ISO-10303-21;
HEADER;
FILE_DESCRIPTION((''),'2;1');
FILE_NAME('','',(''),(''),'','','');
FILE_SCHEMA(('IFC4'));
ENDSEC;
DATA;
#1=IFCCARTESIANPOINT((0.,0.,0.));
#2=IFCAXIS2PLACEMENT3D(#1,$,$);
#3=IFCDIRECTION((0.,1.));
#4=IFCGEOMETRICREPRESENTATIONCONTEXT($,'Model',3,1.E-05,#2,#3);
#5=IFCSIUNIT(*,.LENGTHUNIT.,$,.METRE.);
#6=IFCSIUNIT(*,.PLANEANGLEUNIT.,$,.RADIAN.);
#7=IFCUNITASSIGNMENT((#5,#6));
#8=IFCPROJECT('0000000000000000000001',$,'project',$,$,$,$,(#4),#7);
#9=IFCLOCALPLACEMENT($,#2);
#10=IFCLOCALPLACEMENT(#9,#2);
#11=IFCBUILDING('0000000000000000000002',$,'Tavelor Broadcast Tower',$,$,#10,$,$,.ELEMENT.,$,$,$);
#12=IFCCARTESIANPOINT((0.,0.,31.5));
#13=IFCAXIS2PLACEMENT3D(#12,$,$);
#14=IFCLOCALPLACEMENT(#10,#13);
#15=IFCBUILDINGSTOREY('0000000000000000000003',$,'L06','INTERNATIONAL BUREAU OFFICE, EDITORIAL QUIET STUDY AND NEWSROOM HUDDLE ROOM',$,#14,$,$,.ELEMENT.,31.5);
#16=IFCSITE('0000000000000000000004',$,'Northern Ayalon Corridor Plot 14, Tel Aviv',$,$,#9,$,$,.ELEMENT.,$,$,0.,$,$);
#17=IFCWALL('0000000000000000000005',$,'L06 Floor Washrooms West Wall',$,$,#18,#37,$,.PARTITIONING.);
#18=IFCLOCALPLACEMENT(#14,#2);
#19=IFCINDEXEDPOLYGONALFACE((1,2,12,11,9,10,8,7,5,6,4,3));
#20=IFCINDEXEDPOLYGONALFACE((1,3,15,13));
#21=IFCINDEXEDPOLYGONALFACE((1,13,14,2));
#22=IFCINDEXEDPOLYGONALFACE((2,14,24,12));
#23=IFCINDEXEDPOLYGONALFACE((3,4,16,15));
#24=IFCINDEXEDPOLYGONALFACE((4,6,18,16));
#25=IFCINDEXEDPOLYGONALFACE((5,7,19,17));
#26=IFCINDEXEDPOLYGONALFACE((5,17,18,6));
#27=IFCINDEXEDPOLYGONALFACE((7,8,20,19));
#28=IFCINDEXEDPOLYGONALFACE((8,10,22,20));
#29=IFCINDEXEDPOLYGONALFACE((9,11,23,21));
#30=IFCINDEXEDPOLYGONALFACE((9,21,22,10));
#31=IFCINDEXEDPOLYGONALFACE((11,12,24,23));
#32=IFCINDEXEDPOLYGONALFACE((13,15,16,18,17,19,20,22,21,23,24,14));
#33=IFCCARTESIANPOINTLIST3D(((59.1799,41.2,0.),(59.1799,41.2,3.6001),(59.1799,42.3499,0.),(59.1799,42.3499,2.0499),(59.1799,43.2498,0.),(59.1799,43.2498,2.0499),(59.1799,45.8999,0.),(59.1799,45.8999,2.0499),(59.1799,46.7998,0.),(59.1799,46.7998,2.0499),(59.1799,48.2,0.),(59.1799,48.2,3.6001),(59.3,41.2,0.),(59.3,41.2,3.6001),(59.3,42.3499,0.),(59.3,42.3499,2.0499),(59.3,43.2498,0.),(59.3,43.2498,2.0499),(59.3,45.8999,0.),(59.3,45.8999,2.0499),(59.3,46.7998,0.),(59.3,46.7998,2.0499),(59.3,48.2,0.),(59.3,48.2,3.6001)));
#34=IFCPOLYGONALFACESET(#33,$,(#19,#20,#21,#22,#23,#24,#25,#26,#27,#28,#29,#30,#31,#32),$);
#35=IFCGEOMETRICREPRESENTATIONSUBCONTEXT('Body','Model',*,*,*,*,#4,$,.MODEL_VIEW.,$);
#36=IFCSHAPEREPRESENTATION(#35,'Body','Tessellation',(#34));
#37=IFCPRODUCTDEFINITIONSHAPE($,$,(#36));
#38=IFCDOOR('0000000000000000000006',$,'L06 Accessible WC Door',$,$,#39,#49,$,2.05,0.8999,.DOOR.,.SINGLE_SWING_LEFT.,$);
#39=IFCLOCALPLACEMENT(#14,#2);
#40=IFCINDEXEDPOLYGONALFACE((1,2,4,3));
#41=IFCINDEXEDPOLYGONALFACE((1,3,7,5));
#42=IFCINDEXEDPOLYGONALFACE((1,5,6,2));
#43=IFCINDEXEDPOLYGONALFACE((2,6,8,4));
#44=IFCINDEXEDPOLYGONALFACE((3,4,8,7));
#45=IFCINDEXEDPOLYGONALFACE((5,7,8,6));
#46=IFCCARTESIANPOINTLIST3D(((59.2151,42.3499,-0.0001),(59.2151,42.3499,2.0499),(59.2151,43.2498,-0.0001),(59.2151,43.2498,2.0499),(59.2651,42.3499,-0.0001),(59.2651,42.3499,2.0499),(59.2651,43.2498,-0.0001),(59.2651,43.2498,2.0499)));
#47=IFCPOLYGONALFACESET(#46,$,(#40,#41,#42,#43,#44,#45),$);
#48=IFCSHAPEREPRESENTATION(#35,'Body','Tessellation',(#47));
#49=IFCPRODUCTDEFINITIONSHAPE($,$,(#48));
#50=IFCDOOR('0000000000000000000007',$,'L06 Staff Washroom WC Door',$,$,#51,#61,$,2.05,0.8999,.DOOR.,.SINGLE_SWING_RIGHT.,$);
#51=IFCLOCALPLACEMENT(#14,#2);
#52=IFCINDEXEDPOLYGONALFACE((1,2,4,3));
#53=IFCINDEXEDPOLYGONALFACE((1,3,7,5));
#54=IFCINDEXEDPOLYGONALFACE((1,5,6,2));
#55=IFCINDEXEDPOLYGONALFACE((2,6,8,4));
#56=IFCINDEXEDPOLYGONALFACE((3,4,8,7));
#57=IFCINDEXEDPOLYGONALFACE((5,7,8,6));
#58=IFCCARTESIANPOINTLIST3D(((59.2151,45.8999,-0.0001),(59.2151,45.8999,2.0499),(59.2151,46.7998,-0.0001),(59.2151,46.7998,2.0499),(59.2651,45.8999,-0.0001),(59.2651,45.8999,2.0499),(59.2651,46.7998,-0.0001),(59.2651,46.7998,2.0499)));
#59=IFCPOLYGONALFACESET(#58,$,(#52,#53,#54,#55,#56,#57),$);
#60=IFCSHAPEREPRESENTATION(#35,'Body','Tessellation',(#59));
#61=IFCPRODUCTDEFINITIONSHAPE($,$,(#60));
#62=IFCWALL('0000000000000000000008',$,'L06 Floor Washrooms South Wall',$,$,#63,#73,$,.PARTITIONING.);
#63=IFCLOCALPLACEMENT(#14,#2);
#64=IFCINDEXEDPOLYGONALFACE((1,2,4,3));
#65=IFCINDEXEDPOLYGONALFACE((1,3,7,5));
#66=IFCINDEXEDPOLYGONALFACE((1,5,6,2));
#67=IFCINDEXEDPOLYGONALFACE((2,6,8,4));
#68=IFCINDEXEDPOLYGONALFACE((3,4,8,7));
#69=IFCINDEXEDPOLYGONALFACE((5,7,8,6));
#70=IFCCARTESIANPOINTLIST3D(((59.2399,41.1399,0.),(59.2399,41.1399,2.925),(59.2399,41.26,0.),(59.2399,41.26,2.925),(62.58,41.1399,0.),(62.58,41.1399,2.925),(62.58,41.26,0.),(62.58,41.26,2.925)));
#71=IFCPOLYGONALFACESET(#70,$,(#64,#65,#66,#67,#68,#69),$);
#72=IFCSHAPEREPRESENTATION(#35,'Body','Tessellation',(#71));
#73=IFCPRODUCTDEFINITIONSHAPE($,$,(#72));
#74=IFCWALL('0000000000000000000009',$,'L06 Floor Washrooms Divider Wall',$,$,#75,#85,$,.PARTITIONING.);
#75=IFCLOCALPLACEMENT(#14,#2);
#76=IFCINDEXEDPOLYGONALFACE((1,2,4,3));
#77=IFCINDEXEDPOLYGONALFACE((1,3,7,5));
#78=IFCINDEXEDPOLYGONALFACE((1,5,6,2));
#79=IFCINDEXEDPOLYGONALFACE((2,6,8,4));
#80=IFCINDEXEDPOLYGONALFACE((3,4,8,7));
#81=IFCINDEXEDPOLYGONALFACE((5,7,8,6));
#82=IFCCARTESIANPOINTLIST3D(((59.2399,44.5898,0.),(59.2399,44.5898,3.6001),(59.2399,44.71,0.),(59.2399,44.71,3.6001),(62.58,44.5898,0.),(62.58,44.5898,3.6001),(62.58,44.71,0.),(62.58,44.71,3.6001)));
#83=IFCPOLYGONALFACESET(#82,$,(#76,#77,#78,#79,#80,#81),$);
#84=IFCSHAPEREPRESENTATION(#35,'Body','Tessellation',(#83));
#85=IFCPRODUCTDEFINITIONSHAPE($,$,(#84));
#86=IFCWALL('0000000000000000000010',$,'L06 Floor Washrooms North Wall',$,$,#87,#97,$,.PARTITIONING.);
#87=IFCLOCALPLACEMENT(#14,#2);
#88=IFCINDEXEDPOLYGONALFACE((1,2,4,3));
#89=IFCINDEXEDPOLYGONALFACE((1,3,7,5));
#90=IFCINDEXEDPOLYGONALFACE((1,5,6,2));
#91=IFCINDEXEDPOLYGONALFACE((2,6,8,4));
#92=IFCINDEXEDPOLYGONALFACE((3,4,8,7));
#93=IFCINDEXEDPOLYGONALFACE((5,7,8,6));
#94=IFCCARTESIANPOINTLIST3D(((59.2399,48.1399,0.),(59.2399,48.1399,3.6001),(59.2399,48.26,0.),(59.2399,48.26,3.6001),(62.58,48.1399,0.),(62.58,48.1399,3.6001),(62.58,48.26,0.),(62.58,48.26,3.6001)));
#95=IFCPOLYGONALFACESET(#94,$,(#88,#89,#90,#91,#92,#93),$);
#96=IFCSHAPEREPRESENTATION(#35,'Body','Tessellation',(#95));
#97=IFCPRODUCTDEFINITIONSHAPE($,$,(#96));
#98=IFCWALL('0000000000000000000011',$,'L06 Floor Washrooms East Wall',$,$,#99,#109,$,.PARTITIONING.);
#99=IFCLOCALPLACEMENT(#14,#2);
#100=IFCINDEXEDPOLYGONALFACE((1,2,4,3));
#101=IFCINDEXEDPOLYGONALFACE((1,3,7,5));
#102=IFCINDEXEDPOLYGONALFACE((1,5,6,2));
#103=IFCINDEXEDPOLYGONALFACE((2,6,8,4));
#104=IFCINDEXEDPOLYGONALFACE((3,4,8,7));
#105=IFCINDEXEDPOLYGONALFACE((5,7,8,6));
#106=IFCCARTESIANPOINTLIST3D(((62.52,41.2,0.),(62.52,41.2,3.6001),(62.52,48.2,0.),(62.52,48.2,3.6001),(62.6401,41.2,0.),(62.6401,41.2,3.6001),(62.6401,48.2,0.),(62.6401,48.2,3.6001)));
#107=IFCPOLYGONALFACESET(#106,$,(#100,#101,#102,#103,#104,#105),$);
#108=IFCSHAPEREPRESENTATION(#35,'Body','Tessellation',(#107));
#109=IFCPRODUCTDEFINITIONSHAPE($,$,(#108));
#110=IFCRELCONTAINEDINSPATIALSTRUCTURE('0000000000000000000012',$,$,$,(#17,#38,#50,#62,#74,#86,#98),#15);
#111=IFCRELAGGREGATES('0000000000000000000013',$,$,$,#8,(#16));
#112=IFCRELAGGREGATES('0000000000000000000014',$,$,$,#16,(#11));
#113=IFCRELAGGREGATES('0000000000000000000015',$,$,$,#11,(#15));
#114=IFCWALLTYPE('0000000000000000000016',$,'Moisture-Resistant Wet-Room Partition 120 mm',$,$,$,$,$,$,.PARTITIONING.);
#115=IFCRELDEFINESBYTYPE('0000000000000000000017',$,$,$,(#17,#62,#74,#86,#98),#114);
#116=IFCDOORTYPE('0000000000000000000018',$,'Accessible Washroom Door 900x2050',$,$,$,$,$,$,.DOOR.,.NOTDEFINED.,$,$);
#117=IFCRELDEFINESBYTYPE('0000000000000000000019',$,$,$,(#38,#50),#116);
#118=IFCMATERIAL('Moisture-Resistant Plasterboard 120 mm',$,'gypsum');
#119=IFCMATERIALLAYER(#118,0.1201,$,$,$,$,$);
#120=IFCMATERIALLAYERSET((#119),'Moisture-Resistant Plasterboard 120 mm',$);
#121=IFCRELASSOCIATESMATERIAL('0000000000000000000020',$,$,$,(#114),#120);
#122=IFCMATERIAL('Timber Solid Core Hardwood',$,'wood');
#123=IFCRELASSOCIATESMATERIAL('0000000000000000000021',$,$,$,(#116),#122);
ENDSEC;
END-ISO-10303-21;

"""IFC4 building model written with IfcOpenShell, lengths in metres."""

from ifc_helpers import new_model, si_unit, direction, frame, frame_2d, origin, place, context, subcontext, project, spatial, rectangle, extrude, material, layer, layer_set, type_object, element, fill, save


model = new_model("IFC4")

# Units and contexts
model_context = context("Model", 3, precision=1e-05, world=origin(), true_north=direction((0.0, 1.0)))
body_context = subcontext(model_context, "Body", "Model", "MODEL_VIEW")
ifc_project = project(units=[si_unit("LENGTHUNIT", "METRE"), si_unit("PLANEANGLEUNIT", "RADIAN")], contexts=[model_context])

# Site, building, storey
site_placement = place(None, origin())
site = spatial("IfcSite", under=ifc_project, at=site_placement, Name="Northern Ayalon Corridor Plot 14, Tel Aviv", CompositionType="ELEMENT", RefElevation=0.0)
building_placement = place(site_placement, origin())
building = spatial("IfcBuilding", under=site, at=building_placement, Name="Tavelor Broadcast Tower", CompositionType="ELEMENT")
storey_placement = place(building_placement, frame((0.0, 0.0, 31.5)))
storey = spatial("IfcBuildingStorey", under=building, at=storey_placement, Name="L06", Description="INTERNATIONAL BUREAU OFFICE, EDITORIAL QUIET STUDY AND NEWSROOM HUDDLE ROOM", CompositionType="ELEMENT", Elevation=31.5)

# Shared definitions
ifc_material_1 = material(Name="Timber Solid Core Hardwood", Category="wood")

# Wall, openings, doors
ifc_material_2 = material(Name="Moisture-Resistant Plasterboard 120 mm", Category="gypsum")
ifc_layer_1 = layer(ifc_material_2, 0.1201)
ifc_layer_set_1 = layer_set([ifc_layer_1], Name="Moisture-Resistant Plasterboard 120 mm")
wall_type_1 = type_object("IfcWallType", Name="Moisture-Resistant Wet-Room Partition 120 mm", PredefinedType="PARTITIONING", material=ifc_layer_set_1)
wall_1_placement = place(storey_placement, frame((59.24, 41.2, 0.0), z_axis=(0.0, 0.0, 1.0), x_axis=(0.0, 1.0, 0.0)))
wall_1 = element("IfcWall", 1, at=wall_1_placement, inside=storey, type_object=wall_type_1, Name="L06 Floor Washrooms West Wall", PredefinedType="PARTITIONING", context=body_context, shape_type="SweptSolid", body=[
    extrude(rectangle(XDim=7.0, YDim=0.1201, at=frame_2d((3.5, 0.0))), origin(), (0.0, 0.0, 1.0), 3.6001),
])
opening_1_placement = place(wall_1_placement, frame((1.1499, 0.0, 0.0)))
opening_1 = element("IfcOpeningElement", 2, at=opening_1_placement, cuts=wall_1, PredefinedType="OPENING", context=body_context, shape_type="SweptSolid", body=[
    extrude(rectangle(XDim=0.8999, YDim=2.05, at=frame_2d((0.45, 1.0249))), frame((0.0, 0.0701, 0.0), z_axis=(0.0, -1.0, 0.0), x_axis=(1.0, 0.0, 0.0)), (0.0, 0.0, 1.0), 0.1401),
])
opening_2_placement = place(wall_1_placement, frame((4.7, 0.0, 0.0)))
opening_2 = element("IfcOpeningElement", 3, at=opening_2_placement, cuts=wall_1, PredefinedType="OPENING", context=body_context, shape_type="SweptSolid", body=[
    extrude(rectangle(XDim=0.8999, YDim=2.05, at=frame_2d((0.45, 1.0249))), frame((0.0, 0.0701, 0.0), z_axis=(0.0, -1.0, 0.0), x_axis=(1.0, 0.0, 0.0)), (0.0, 0.0, 1.0), 0.1401),
])
door_type_1 = type_object("IfcDoorType", Name="Accessible Washroom Door 900x2050", OperationType="NOTDEFINED", PredefinedType="DOOR", material=ifc_material_1)
door_1_placement = place(opening_1_placement, origin())
door_1 = element("IfcDoor", 4, at=door_1_placement, inside=storey, type_object=door_type_1, Name="L06 Accessible WC Door", OperationType="SINGLE_SWING_LEFT", OverallHeight=2.05, OverallWidth=0.8999, PredefinedType="DOOR", context=body_context, shape_type="SweptSolid", body=[
    extrude(rectangle(XDim=0.8999, YDim=2.05, at=frame_2d((0.45, 1.0249))), frame((0.0, 0.0249, 0.0), z_axis=(0.0, -1.0, 0.0), x_axis=(1.0, 0.0, 0.0)), (0.0, 0.0, 1.0), 0.05),
])
fill(opening_1, door_1)
door_2_placement = place(opening_2_placement, origin())
door_2 = element("IfcDoor", 5, at=door_2_placement, inside=storey, type_object=door_type_1, Name="L06 Staff Washroom WC Door", OperationType="SINGLE_SWING_RIGHT", OverallHeight=2.05, OverallWidth=0.8999, PredefinedType="DOOR", context=body_context, shape_type="SweptSolid", body=[
    extrude(rectangle(XDim=0.8999, YDim=2.05, at=frame_2d((0.45, 1.0249))), frame((0.0, 0.0249, 0.0), z_axis=(0.0, -1.0, 0.0), x_axis=(1.0, 0.0, 0.0)), (0.0, 0.0, 1.0), 0.05),
])
fill(opening_2, door_2)

# Walls
wall_2_placement = place(storey_placement, frame((59.24, 41.2, 0.0), z_axis=(0.0, 0.0, 1.0), x_axis=(1.0, 0.0, 0.0)))
element("IfcWall", 6, at=wall_2_placement, inside=storey, type_object=wall_type_1, Name="L06 Floor Washrooms South Wall", PredefinedType="PARTITIONING", context=body_context, shape_type="SweptSolid", body=[
    extrude(rectangle(XDim=3.3401, YDim=0.1201, at=frame_2d((1.6699, 0.0))), origin(), (0.0, 0.0, 1.0), 2.925),
])
for number, where, z_axis, x_axis, name in (
    (7, (59.24, 44.6499, 0.0), (0.0, 0.0, 1.0), (1.0, 0.0, 0.0), "L06 Floor Washrooms Divider Wall"),
    (8, (59.24, 48.2, 0.0), (0.0, 0.0, 1.0), (1.0, 0.0, 0.0), "L06 Floor Washrooms North Wall"),
):
    element("IfcWall", number, at=place(storey_placement, frame(where, z_axis=z_axis, x_axis=x_axis)), inside=storey, type_object=wall_type_1, Name=name, PredefinedType="PARTITIONING", context=body_context, shape_type="SweptSolid", body=[
        extrude(rectangle(XDim=3.3401, YDim=0.1201, at=frame_2d((1.6699, 0.0))), origin(), (0.0, 0.0, 1.0), 3.6001),
    ])
wall_3_placement = place(storey_placement, frame((62.5801, 41.2, 0.0), z_axis=(0.0, 0.0, 1.0), x_axis=(0.0, 1.0, 0.0)))
element("IfcWall", 9, at=wall_3_placement, inside=storey, type_object=wall_type_1, Name="L06 Floor Washrooms East Wall", PredefinedType="PARTITIONING", context=body_context, shape_type="SweptSolid", body=[
    extrude(rectangle(XDim=7.0, YDim=0.1201, at=frame_2d((3.5, 0.0))), origin(), (0.0, 0.0, 1.0), 3.6001),
])

save(model, "model.ifc")
